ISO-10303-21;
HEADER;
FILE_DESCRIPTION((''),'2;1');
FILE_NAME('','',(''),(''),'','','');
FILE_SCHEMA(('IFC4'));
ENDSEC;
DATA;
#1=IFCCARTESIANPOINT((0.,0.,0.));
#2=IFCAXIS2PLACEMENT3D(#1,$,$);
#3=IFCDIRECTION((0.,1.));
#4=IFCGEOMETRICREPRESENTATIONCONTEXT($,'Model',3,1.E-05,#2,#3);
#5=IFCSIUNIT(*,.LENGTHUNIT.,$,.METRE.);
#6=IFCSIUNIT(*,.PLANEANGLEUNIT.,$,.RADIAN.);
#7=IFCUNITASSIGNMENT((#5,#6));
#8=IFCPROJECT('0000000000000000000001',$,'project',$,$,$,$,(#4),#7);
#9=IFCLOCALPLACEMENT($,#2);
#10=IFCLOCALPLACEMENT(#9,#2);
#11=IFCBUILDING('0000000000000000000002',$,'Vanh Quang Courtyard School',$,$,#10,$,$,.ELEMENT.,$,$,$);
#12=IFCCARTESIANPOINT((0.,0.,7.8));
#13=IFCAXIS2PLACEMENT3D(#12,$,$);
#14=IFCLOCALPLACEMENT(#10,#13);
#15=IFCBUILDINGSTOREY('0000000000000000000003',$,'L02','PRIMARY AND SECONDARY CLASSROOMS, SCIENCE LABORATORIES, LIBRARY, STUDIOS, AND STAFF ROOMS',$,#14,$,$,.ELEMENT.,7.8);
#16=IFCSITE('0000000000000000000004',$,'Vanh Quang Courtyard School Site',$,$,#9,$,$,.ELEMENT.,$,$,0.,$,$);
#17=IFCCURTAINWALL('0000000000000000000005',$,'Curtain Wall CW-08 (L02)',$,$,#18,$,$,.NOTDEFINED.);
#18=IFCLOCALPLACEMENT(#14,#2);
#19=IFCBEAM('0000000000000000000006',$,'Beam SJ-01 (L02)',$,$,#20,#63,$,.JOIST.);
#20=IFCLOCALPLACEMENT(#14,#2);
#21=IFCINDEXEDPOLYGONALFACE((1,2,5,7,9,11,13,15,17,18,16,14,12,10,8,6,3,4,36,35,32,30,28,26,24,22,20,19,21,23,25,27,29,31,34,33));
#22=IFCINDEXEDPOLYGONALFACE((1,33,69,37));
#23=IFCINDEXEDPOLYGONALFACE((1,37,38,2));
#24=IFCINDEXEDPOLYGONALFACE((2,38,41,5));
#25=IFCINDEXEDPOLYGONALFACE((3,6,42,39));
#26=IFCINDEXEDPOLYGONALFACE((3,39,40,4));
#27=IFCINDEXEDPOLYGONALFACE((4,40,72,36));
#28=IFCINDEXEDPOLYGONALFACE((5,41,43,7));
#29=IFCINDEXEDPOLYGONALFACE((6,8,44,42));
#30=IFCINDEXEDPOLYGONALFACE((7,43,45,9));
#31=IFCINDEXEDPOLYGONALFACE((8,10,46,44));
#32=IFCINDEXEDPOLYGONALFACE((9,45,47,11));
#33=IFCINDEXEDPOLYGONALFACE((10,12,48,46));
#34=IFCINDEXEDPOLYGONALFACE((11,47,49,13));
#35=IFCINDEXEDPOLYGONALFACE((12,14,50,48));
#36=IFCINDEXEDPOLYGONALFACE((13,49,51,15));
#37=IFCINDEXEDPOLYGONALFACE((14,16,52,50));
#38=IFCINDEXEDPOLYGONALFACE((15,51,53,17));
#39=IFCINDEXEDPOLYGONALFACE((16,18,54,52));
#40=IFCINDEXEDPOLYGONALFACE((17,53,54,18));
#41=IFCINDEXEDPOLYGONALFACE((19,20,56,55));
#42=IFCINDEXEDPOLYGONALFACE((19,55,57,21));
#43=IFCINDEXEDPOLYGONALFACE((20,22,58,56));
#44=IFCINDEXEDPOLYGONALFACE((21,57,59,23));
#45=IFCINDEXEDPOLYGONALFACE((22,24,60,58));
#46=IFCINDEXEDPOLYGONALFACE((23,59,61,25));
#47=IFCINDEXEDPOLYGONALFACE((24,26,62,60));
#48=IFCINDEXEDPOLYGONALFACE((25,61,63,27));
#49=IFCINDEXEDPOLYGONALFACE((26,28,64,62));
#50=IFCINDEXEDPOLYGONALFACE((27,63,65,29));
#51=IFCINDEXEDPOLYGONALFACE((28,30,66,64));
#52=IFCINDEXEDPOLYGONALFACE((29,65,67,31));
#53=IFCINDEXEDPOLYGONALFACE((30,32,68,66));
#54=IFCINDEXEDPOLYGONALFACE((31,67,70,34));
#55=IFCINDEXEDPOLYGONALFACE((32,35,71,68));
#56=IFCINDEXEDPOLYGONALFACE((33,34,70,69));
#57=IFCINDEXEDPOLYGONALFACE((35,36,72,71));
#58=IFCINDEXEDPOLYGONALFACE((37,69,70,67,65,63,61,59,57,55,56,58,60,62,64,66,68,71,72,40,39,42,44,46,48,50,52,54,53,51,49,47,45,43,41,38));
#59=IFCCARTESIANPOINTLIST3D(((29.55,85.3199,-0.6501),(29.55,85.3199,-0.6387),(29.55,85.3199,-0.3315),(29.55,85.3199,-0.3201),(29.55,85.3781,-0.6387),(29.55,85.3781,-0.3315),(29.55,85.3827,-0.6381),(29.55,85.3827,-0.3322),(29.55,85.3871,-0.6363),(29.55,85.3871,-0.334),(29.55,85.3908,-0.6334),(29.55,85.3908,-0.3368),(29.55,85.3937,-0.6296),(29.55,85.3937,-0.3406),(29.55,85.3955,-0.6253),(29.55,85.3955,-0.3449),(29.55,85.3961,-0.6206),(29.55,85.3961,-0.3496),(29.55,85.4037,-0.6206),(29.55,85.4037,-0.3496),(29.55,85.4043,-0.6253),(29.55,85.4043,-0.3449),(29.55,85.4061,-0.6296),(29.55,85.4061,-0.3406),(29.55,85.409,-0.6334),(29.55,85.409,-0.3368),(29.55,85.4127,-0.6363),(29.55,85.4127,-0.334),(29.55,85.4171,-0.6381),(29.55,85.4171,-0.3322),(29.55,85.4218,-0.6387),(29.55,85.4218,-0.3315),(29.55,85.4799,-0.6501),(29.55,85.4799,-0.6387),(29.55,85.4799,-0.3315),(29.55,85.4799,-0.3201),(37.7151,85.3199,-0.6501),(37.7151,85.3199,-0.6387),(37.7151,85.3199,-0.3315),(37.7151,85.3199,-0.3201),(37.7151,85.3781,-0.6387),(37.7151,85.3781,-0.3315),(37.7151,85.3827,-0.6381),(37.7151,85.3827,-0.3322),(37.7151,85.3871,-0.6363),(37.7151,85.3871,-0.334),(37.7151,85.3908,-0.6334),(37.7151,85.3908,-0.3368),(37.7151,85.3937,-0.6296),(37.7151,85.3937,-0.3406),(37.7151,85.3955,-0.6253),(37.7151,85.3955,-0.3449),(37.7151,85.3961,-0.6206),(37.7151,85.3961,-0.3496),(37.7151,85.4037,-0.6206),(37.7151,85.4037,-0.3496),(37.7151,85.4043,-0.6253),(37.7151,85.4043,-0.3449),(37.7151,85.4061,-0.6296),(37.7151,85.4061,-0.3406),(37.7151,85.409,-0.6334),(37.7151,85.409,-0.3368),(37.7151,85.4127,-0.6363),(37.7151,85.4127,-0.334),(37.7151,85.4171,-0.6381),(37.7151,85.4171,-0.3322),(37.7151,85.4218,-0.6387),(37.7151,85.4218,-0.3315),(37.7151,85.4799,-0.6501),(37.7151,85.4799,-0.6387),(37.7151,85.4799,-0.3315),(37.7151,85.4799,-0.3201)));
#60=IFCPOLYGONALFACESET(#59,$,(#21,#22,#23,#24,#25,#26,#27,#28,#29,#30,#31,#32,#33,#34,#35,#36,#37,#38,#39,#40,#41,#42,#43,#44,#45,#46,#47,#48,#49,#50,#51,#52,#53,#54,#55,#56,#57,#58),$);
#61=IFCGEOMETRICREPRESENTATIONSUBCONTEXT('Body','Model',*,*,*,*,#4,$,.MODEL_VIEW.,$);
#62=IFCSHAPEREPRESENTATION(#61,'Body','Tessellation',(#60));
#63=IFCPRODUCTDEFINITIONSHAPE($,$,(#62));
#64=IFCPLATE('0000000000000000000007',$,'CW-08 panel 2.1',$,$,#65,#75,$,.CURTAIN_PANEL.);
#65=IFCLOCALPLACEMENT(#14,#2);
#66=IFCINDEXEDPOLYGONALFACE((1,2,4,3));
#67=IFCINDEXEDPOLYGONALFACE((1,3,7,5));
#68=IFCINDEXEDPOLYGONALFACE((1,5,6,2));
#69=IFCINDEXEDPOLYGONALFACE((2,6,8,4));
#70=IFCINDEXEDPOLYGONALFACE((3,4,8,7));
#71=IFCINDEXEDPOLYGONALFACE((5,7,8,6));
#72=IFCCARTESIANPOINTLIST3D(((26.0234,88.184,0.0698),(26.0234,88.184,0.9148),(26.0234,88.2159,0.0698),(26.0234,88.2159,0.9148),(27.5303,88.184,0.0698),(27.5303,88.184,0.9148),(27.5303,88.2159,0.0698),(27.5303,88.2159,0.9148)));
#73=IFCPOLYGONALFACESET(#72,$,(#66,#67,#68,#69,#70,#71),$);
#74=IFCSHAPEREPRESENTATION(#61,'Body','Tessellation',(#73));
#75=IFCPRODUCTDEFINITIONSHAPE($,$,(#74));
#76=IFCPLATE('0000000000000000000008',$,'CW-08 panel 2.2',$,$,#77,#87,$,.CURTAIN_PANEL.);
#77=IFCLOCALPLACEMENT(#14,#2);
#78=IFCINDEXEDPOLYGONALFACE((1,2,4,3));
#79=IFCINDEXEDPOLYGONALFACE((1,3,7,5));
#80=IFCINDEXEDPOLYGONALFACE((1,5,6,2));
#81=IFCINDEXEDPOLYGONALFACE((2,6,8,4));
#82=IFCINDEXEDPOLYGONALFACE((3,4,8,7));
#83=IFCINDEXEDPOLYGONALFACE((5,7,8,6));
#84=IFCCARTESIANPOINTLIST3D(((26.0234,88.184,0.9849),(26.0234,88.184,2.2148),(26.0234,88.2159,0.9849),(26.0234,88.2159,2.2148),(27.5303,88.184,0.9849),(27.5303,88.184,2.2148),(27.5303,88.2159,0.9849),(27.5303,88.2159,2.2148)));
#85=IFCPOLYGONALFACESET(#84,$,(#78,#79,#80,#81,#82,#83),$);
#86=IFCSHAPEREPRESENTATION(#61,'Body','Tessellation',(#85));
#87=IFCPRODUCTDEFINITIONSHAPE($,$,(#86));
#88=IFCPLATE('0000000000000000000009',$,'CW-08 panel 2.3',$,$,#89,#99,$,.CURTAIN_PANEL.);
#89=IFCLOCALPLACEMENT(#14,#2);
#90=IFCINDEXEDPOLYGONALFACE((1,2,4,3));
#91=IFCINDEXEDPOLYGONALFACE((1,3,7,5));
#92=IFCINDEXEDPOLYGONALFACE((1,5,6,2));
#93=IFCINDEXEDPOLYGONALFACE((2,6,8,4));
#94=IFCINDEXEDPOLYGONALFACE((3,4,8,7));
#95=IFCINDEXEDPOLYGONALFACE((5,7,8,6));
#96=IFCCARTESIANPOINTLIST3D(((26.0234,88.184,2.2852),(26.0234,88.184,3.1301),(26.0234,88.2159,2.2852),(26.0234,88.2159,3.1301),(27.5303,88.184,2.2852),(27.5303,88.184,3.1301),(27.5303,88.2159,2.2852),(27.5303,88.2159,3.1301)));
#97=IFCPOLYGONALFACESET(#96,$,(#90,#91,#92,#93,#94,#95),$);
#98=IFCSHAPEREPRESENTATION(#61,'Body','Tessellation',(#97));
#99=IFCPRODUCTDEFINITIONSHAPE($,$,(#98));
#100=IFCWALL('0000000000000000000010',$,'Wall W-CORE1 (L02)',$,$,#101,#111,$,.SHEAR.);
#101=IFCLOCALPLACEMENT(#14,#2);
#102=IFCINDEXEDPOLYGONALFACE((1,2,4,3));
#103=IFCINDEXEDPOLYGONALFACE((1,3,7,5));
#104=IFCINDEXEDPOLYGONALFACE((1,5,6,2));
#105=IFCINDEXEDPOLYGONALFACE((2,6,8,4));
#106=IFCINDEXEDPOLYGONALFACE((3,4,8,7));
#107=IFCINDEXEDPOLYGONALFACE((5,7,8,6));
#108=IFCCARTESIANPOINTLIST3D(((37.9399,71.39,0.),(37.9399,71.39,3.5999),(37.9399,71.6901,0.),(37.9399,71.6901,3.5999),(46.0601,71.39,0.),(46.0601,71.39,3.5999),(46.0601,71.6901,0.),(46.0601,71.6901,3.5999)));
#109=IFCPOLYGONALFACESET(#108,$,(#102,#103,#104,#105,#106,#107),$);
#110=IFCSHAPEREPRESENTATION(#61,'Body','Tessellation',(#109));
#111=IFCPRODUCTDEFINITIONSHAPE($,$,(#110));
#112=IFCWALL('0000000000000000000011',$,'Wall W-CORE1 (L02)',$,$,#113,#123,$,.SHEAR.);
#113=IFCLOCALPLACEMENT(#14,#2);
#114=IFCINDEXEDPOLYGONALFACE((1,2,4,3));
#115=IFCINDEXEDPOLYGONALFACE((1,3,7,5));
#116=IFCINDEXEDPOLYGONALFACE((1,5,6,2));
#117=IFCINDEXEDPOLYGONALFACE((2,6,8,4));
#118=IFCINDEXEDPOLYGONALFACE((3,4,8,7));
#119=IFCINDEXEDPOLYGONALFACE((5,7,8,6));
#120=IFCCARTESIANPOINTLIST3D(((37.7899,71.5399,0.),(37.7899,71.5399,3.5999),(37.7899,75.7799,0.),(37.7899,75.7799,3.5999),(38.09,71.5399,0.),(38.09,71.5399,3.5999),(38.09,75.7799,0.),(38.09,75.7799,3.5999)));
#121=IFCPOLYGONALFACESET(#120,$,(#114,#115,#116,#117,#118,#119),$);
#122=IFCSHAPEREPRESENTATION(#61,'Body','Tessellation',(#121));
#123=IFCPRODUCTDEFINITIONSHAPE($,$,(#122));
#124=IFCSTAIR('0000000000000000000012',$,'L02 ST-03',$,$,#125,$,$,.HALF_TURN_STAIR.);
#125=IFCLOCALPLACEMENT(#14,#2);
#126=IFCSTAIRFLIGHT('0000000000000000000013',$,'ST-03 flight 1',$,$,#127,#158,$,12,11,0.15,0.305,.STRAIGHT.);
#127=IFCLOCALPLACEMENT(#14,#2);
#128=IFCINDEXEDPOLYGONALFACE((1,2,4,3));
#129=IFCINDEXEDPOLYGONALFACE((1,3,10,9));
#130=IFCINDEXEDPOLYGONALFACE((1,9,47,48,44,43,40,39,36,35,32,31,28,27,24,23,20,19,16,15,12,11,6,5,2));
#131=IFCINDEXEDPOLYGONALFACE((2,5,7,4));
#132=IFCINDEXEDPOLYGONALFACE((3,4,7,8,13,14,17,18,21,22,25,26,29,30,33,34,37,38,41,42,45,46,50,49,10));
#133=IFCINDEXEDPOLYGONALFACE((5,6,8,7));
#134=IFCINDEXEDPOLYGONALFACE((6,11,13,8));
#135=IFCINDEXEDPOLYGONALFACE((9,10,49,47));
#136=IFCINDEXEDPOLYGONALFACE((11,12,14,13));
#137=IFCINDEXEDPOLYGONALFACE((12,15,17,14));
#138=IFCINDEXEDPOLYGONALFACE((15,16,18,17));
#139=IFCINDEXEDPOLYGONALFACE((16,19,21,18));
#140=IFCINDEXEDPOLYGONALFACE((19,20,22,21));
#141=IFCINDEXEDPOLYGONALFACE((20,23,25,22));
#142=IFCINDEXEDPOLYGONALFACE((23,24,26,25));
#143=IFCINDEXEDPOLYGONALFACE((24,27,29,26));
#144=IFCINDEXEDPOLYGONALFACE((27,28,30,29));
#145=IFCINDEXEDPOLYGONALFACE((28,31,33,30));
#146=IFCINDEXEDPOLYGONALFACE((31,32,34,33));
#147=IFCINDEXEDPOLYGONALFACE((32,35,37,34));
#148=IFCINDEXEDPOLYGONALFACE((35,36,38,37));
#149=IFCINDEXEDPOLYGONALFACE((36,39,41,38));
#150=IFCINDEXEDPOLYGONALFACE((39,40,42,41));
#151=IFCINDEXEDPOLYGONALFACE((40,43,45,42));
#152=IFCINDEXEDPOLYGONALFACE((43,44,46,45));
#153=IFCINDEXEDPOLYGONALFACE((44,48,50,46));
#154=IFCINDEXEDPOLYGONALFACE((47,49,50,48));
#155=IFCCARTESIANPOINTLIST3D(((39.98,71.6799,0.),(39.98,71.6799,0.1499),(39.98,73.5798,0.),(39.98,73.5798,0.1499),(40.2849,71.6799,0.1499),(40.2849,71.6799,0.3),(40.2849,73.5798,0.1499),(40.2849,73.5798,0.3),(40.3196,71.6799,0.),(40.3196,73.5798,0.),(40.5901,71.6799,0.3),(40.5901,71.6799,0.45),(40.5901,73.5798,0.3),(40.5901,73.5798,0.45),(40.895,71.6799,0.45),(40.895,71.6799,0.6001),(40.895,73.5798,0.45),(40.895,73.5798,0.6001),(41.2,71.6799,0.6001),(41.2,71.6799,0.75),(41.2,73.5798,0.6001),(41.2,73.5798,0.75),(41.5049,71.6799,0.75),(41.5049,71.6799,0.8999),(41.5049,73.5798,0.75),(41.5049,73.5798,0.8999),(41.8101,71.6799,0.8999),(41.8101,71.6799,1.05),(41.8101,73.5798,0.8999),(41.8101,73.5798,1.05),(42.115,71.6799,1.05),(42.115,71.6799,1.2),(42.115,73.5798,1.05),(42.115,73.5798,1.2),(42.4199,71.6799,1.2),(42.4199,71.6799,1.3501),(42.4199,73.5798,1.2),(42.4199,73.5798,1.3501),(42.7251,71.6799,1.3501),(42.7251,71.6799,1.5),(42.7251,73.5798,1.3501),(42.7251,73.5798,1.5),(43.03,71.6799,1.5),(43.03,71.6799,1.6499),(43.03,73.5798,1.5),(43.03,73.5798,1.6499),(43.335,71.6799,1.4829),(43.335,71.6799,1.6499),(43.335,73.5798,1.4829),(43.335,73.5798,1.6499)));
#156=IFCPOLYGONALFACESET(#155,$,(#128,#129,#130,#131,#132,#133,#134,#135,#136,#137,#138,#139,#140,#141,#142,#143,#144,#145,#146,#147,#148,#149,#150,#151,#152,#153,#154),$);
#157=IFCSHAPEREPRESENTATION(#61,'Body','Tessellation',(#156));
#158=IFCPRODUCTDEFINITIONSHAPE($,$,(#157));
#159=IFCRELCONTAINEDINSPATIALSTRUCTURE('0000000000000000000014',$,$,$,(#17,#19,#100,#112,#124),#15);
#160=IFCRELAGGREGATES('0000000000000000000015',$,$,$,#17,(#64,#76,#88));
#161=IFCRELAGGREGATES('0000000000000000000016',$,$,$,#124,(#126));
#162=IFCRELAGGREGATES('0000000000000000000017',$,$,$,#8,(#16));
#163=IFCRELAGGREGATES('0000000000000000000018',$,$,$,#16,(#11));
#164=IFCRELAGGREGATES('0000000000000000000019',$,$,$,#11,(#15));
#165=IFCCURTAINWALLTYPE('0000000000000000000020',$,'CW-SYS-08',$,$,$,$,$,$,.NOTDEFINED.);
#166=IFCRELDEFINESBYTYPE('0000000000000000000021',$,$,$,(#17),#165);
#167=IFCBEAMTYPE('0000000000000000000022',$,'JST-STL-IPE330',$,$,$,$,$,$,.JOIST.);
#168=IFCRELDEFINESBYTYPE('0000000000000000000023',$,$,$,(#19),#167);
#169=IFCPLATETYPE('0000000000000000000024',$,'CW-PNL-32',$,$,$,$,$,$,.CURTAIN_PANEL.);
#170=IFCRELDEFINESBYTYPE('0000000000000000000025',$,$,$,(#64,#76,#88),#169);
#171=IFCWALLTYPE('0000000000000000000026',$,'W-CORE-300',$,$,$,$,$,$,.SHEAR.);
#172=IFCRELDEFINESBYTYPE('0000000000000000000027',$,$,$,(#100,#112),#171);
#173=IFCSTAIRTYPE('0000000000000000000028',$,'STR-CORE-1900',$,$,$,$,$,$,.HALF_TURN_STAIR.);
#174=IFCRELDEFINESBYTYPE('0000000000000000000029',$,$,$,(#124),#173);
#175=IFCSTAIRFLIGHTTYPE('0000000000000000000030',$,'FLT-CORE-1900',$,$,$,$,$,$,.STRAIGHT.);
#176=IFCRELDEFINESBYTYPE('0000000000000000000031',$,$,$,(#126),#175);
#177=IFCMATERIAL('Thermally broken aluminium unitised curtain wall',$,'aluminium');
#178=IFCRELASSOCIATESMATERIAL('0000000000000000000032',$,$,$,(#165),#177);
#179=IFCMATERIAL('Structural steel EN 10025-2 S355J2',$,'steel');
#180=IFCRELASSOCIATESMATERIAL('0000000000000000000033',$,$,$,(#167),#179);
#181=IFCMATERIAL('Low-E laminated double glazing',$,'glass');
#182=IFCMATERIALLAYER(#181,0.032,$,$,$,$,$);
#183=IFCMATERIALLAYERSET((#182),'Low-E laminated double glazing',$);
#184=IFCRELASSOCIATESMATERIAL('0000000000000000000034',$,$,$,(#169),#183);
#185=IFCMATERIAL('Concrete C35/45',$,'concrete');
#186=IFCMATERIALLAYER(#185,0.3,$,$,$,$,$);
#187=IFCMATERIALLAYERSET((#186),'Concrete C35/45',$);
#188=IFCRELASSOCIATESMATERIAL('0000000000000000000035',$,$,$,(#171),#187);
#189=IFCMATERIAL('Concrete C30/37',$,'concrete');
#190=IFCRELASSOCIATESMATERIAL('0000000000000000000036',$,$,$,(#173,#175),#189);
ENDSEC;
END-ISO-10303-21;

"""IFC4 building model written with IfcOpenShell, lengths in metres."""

from ifc_helpers import new_model, si_unit, direction, frame, frame_2d, origin, origin_2d, place, context, subcontext, project, spatial, polyline, rectangle, i_section, outline, extrude, material, layer, layer_set, material_profile, profile_set, type_object, element, aggregate, save


model = new_model("IFC4")

# Units and contexts
model_context = context("Model", 3, precision=1e-05, world=origin(), true_north=direction((0.0, 1.0)))
body_context = subcontext(model_context, "Body", "Model", "MODEL_VIEW")
ifc_project = project(units=[si_unit("LENGTHUNIT", "METRE"), si_unit("PLANEANGLEUNIT", "RADIAN")], contexts=[model_context])

# Site, building, storey
site_placement = place(None, origin())
site = spatial("IfcSite", under=ifc_project, at=site_placement, Name="Vanh Quang Courtyard School Site", CompositionType="ELEMENT", RefElevation=0.0)
building_placement = place(site_placement, origin())
building = spatial("IfcBuilding", under=site, at=building_placement, Name="Vanh Quang Courtyard School", CompositionType="ELEMENT")
storey_placement = place(building_placement, frame((0.0, 0.0, 7.8)))
storey = spatial("IfcBuildingStorey", under=building, at=storey_placement, Name="L02", Description="PRIMARY AND SECONDARY CLASSROOMS, SCIENCE LABORATORIES, LIBRARY, STUDIOS, AND STAFF ROOMS", CompositionType="ELEMENT", Elevation=7.8)

# Shared definitions
ifc_material_1 = material(Name="Concrete C35/45", Category="concrete")

# Shared definitions
ifc_material_2 = material(Name="Structural steel EN 10025-2 S355J2", Category="steel")

# Curtain wall
ifc_material_3 = material(Name="Thermally broken aluminium unitised curtain wall", Category="aluminium")
curtain_wall_type = type_object("IfcCurtainWallType", Name="CW-SYS-08", PredefinedType="NOTDEFINED", material=ifc_material_3)
curtain_wall_placement = place(storey_placement, origin())
curtain_wall = element("IfcCurtainWall", 1, at=curtain_wall_placement, inside=storey, type_object=curtain_wall_type, Name="Curtain Wall CW-08 (L02)", PredefinedType="NOTDEFINED")

# Beam
ifc_material_4 = material(Name="Concrete C30/37", Category="concrete")
ifc_material_profile_1 = material_profile(ifc_material_2, i_section(OverallWidth=0.1599, OverallDepth=0.3301, WebThickness=0.0076, FlangeThickness=0.0115, FilletRadius=0.0181, at=origin_2d()), Name="IPE 330")
ifc_profile_set_1 = profile_set([ifc_material_profile_1], Name="Structural steel EN 10025-2 S355J2")
beam_type_1 = type_object("IfcBeamType", Name="JST-STL-IPE330", PredefinedType="JOIST", material=ifc_profile_set_1)
for number, where, z_axis, x_axis, name in (
    (2, (29.55, 85.3999, -0.4851), (1.0, 0.0, 0.0), (0.0, 1.0, 0.0), "Beam SJ-01 (L02)"),
):
    element("IfcBeam", number, at=place(storey_placement, frame(where, z_axis=z_axis, x_axis=x_axis)), inside=storey, type_object=beam_type_1, Name=name, PredefinedType="JOIST", context=body_context, shape_type="SweptSolid", body=[
        extrude(i_section(OverallWidth=0.1599, OverallDepth=0.3301, WebThickness=0.0076, FlangeThickness=0.0115, FilletRadius=0.0181, at=origin_2d()), origin(), (0.0, 0.0, 1.0), 8.165),
    ])

# Plates
ifc_material_5 = material(Name="Low-E laminated double glazing", Category="glass")
ifc_layer_1 = layer(ifc_material_5, 0.032)
ifc_layer_set_1 = layer_set([ifc_layer_1], Name="Low-E laminated double glazing")
plate_type = type_object("IfcPlateType", Name="CW-PNL-32", PredefinedType="CURTAIN_PANEL", material=ifc_layer_set_1)
plate_1_placement = place(storey_placement, frame((26.7769, 88.2, 0.0698), z_axis=(0.0, 0.0, 1.0), x_axis=(-1.0, 0.0, 0.0)))
plate_1 = element("IfcPlate", 3, at=plate_1_placement, type_object=plate_type, Name="CW-08 panel 2.1", PredefinedType="CURTAIN_PANEL", context=body_context, shape_type="SweptSolid", body=[
    extrude(rectangle(XDim=1.5068, YDim=0.032, at=origin_2d()), origin(), (0.0, 0.0, 1.0), 0.845),
])
plate_2_placement = place(storey_placement, frame((26.7769, 88.2, 0.9849), z_axis=(0.0, 0.0, 1.0), x_axis=(-1.0, 0.0, 0.0)))
plate_2 = element("IfcPlate", 4, at=plate_2_placement, type_object=plate_type, Name="CW-08 panel 2.2", PredefinedType="CURTAIN_PANEL", context=body_context, shape_type="SweptSolid", body=[
    extrude(rectangle(XDim=1.5068, YDim=0.032, at=origin_2d()), origin(), (0.0, 0.0, 1.0), 1.23),
])
plate_3_placement = place(storey_placement, frame((26.7769, 88.2, 2.2852), z_axis=(0.0, 0.0, 1.0), x_axis=(-1.0, 0.0, 0.0)))
plate_3 = element("IfcPlate", 5, at=plate_3_placement, type_object=plate_type, Name="CW-08 panel 2.3", PredefinedType="CURTAIN_PANEL", context=body_context, shape_type="SweptSolid", body=[
    extrude(rectangle(XDim=1.5068, YDim=0.032, at=origin_2d()), origin(), (0.0, 0.0, 1.0), 0.845),
])
aggregate(curtain_wall, [plate_1, plate_2, plate_3])

# Walls
ifc_layer_2 = layer(ifc_material_1, 0.3)
ifc_layer_set_2 = layer_set([ifc_layer_2], Name="Concrete C35/45")
wall_type_1 = type_object("IfcWallType", Name="W-CORE-300", PredefinedType="SHEAR", material=ifc_layer_set_2)
wall_1_placement = place(storey_placement, frame((37.9399, 71.54, 0.0), z_axis=(0.0, 0.0, 1.0), x_axis=(1.0, 0.0, 0.0)))
element("IfcWall", 6, at=wall_1_placement, inside=storey, type_object=wall_type_1, Name="Wall W-CORE1 (L02)", PredefinedType="SHEAR", context=body_context, shape_type="SweptSolid", body=[
    extrude(rectangle(XDim=8.1201, YDim=0.3, at=frame_2d((4.0601, 0.0))), origin(), (0.0, 0.0, 1.0), 3.5999),
])
wall_2_placement = place(storey_placement, frame((37.9399, 75.78, 0.0), z_axis=(0.0, 0.0, 1.0), x_axis=(0.0, -1.0, 0.0)))
element("IfcWall", 7, at=wall_2_placement, inside=storey, type_object=wall_type_1, Name="Wall W-CORE1 (L02)", PredefinedType="SHEAR", context=body_context, shape_type="SweptSolid", body=[
    extrude(rectangle(XDim=4.24, YDim=0.3, at=frame_2d((2.1201, 0.0))), origin(), (0.0, 0.0, 1.0), 3.5999),
])

# Stair, stair flight
stair_type = type_object("IfcStairType", Name="STR-CORE-1900", PredefinedType="HALF_TURN_STAIR", material=ifc_material_4)
stair_placement = place(storey_placement, origin())
stair = element("IfcStair", 8, at=stair_placement, inside=storey, type_object=stair_type, Name="L02 ST-03", PredefinedType="HALF_TURN_STAIR")
stair_flight_type = type_object("IfcStairFlightType", Name="FLT-CORE-1900", PredefinedType="STRAIGHT", material=ifc_material_4)
stair_flight_placement = place(storey_placement, frame((39.98, 72.6299, 0.0), z_axis=(0.0, 0.0, 1.0), x_axis=(1.0, 0.0, 0.0)))
stair_flight = element("IfcStairFlight", 9, at=stair_flight_placement, type_object=stair_flight_type, Name="ST-03 flight 1", NumberOfRisers=12, NumberOfTreads=11, PredefinedType="STRAIGHT", RiserHeight=0.15, TreadLength=0.305, context=body_context, shape_type="SweptSolid", body=[
    extrude(outline(polyline([(0.0, 0.0), (0.0, 0.1499), (0.3049, 0.1499), (0.3049, 0.3), (0.6101, 0.3), (0.6101, 0.45), (0.915, 0.45), (0.915, 0.6001), (1.22, 0.6001), (1.22, 0.75), (1.5249, 0.75), (1.5249, 0.8999), (1.8301, 0.8999), (1.8301, 1.05), (2.135, 1.05), (2.135, 1.2), (2.4399, 1.2), (2.4399, 1.3501), (2.7451, 1.3501), (2.7451, 1.5), (3.05, 1.5), (3.05, 1.6499), (3.355, 1.6499), (3.355, 1.8), (3.355, 1.4829), (0.3396, 0.0), (0.0, 0.0)])), frame((0.0, 0.95, 0.0), z_axis=(0.0, -1.0, 0.0), x_axis=(1.0, 0.0, 0.0)), (0.0, 0.0, 1.0), 1.8999),
])
aggregate(stair, [stair_flight])

save(model, "model.ifc")
